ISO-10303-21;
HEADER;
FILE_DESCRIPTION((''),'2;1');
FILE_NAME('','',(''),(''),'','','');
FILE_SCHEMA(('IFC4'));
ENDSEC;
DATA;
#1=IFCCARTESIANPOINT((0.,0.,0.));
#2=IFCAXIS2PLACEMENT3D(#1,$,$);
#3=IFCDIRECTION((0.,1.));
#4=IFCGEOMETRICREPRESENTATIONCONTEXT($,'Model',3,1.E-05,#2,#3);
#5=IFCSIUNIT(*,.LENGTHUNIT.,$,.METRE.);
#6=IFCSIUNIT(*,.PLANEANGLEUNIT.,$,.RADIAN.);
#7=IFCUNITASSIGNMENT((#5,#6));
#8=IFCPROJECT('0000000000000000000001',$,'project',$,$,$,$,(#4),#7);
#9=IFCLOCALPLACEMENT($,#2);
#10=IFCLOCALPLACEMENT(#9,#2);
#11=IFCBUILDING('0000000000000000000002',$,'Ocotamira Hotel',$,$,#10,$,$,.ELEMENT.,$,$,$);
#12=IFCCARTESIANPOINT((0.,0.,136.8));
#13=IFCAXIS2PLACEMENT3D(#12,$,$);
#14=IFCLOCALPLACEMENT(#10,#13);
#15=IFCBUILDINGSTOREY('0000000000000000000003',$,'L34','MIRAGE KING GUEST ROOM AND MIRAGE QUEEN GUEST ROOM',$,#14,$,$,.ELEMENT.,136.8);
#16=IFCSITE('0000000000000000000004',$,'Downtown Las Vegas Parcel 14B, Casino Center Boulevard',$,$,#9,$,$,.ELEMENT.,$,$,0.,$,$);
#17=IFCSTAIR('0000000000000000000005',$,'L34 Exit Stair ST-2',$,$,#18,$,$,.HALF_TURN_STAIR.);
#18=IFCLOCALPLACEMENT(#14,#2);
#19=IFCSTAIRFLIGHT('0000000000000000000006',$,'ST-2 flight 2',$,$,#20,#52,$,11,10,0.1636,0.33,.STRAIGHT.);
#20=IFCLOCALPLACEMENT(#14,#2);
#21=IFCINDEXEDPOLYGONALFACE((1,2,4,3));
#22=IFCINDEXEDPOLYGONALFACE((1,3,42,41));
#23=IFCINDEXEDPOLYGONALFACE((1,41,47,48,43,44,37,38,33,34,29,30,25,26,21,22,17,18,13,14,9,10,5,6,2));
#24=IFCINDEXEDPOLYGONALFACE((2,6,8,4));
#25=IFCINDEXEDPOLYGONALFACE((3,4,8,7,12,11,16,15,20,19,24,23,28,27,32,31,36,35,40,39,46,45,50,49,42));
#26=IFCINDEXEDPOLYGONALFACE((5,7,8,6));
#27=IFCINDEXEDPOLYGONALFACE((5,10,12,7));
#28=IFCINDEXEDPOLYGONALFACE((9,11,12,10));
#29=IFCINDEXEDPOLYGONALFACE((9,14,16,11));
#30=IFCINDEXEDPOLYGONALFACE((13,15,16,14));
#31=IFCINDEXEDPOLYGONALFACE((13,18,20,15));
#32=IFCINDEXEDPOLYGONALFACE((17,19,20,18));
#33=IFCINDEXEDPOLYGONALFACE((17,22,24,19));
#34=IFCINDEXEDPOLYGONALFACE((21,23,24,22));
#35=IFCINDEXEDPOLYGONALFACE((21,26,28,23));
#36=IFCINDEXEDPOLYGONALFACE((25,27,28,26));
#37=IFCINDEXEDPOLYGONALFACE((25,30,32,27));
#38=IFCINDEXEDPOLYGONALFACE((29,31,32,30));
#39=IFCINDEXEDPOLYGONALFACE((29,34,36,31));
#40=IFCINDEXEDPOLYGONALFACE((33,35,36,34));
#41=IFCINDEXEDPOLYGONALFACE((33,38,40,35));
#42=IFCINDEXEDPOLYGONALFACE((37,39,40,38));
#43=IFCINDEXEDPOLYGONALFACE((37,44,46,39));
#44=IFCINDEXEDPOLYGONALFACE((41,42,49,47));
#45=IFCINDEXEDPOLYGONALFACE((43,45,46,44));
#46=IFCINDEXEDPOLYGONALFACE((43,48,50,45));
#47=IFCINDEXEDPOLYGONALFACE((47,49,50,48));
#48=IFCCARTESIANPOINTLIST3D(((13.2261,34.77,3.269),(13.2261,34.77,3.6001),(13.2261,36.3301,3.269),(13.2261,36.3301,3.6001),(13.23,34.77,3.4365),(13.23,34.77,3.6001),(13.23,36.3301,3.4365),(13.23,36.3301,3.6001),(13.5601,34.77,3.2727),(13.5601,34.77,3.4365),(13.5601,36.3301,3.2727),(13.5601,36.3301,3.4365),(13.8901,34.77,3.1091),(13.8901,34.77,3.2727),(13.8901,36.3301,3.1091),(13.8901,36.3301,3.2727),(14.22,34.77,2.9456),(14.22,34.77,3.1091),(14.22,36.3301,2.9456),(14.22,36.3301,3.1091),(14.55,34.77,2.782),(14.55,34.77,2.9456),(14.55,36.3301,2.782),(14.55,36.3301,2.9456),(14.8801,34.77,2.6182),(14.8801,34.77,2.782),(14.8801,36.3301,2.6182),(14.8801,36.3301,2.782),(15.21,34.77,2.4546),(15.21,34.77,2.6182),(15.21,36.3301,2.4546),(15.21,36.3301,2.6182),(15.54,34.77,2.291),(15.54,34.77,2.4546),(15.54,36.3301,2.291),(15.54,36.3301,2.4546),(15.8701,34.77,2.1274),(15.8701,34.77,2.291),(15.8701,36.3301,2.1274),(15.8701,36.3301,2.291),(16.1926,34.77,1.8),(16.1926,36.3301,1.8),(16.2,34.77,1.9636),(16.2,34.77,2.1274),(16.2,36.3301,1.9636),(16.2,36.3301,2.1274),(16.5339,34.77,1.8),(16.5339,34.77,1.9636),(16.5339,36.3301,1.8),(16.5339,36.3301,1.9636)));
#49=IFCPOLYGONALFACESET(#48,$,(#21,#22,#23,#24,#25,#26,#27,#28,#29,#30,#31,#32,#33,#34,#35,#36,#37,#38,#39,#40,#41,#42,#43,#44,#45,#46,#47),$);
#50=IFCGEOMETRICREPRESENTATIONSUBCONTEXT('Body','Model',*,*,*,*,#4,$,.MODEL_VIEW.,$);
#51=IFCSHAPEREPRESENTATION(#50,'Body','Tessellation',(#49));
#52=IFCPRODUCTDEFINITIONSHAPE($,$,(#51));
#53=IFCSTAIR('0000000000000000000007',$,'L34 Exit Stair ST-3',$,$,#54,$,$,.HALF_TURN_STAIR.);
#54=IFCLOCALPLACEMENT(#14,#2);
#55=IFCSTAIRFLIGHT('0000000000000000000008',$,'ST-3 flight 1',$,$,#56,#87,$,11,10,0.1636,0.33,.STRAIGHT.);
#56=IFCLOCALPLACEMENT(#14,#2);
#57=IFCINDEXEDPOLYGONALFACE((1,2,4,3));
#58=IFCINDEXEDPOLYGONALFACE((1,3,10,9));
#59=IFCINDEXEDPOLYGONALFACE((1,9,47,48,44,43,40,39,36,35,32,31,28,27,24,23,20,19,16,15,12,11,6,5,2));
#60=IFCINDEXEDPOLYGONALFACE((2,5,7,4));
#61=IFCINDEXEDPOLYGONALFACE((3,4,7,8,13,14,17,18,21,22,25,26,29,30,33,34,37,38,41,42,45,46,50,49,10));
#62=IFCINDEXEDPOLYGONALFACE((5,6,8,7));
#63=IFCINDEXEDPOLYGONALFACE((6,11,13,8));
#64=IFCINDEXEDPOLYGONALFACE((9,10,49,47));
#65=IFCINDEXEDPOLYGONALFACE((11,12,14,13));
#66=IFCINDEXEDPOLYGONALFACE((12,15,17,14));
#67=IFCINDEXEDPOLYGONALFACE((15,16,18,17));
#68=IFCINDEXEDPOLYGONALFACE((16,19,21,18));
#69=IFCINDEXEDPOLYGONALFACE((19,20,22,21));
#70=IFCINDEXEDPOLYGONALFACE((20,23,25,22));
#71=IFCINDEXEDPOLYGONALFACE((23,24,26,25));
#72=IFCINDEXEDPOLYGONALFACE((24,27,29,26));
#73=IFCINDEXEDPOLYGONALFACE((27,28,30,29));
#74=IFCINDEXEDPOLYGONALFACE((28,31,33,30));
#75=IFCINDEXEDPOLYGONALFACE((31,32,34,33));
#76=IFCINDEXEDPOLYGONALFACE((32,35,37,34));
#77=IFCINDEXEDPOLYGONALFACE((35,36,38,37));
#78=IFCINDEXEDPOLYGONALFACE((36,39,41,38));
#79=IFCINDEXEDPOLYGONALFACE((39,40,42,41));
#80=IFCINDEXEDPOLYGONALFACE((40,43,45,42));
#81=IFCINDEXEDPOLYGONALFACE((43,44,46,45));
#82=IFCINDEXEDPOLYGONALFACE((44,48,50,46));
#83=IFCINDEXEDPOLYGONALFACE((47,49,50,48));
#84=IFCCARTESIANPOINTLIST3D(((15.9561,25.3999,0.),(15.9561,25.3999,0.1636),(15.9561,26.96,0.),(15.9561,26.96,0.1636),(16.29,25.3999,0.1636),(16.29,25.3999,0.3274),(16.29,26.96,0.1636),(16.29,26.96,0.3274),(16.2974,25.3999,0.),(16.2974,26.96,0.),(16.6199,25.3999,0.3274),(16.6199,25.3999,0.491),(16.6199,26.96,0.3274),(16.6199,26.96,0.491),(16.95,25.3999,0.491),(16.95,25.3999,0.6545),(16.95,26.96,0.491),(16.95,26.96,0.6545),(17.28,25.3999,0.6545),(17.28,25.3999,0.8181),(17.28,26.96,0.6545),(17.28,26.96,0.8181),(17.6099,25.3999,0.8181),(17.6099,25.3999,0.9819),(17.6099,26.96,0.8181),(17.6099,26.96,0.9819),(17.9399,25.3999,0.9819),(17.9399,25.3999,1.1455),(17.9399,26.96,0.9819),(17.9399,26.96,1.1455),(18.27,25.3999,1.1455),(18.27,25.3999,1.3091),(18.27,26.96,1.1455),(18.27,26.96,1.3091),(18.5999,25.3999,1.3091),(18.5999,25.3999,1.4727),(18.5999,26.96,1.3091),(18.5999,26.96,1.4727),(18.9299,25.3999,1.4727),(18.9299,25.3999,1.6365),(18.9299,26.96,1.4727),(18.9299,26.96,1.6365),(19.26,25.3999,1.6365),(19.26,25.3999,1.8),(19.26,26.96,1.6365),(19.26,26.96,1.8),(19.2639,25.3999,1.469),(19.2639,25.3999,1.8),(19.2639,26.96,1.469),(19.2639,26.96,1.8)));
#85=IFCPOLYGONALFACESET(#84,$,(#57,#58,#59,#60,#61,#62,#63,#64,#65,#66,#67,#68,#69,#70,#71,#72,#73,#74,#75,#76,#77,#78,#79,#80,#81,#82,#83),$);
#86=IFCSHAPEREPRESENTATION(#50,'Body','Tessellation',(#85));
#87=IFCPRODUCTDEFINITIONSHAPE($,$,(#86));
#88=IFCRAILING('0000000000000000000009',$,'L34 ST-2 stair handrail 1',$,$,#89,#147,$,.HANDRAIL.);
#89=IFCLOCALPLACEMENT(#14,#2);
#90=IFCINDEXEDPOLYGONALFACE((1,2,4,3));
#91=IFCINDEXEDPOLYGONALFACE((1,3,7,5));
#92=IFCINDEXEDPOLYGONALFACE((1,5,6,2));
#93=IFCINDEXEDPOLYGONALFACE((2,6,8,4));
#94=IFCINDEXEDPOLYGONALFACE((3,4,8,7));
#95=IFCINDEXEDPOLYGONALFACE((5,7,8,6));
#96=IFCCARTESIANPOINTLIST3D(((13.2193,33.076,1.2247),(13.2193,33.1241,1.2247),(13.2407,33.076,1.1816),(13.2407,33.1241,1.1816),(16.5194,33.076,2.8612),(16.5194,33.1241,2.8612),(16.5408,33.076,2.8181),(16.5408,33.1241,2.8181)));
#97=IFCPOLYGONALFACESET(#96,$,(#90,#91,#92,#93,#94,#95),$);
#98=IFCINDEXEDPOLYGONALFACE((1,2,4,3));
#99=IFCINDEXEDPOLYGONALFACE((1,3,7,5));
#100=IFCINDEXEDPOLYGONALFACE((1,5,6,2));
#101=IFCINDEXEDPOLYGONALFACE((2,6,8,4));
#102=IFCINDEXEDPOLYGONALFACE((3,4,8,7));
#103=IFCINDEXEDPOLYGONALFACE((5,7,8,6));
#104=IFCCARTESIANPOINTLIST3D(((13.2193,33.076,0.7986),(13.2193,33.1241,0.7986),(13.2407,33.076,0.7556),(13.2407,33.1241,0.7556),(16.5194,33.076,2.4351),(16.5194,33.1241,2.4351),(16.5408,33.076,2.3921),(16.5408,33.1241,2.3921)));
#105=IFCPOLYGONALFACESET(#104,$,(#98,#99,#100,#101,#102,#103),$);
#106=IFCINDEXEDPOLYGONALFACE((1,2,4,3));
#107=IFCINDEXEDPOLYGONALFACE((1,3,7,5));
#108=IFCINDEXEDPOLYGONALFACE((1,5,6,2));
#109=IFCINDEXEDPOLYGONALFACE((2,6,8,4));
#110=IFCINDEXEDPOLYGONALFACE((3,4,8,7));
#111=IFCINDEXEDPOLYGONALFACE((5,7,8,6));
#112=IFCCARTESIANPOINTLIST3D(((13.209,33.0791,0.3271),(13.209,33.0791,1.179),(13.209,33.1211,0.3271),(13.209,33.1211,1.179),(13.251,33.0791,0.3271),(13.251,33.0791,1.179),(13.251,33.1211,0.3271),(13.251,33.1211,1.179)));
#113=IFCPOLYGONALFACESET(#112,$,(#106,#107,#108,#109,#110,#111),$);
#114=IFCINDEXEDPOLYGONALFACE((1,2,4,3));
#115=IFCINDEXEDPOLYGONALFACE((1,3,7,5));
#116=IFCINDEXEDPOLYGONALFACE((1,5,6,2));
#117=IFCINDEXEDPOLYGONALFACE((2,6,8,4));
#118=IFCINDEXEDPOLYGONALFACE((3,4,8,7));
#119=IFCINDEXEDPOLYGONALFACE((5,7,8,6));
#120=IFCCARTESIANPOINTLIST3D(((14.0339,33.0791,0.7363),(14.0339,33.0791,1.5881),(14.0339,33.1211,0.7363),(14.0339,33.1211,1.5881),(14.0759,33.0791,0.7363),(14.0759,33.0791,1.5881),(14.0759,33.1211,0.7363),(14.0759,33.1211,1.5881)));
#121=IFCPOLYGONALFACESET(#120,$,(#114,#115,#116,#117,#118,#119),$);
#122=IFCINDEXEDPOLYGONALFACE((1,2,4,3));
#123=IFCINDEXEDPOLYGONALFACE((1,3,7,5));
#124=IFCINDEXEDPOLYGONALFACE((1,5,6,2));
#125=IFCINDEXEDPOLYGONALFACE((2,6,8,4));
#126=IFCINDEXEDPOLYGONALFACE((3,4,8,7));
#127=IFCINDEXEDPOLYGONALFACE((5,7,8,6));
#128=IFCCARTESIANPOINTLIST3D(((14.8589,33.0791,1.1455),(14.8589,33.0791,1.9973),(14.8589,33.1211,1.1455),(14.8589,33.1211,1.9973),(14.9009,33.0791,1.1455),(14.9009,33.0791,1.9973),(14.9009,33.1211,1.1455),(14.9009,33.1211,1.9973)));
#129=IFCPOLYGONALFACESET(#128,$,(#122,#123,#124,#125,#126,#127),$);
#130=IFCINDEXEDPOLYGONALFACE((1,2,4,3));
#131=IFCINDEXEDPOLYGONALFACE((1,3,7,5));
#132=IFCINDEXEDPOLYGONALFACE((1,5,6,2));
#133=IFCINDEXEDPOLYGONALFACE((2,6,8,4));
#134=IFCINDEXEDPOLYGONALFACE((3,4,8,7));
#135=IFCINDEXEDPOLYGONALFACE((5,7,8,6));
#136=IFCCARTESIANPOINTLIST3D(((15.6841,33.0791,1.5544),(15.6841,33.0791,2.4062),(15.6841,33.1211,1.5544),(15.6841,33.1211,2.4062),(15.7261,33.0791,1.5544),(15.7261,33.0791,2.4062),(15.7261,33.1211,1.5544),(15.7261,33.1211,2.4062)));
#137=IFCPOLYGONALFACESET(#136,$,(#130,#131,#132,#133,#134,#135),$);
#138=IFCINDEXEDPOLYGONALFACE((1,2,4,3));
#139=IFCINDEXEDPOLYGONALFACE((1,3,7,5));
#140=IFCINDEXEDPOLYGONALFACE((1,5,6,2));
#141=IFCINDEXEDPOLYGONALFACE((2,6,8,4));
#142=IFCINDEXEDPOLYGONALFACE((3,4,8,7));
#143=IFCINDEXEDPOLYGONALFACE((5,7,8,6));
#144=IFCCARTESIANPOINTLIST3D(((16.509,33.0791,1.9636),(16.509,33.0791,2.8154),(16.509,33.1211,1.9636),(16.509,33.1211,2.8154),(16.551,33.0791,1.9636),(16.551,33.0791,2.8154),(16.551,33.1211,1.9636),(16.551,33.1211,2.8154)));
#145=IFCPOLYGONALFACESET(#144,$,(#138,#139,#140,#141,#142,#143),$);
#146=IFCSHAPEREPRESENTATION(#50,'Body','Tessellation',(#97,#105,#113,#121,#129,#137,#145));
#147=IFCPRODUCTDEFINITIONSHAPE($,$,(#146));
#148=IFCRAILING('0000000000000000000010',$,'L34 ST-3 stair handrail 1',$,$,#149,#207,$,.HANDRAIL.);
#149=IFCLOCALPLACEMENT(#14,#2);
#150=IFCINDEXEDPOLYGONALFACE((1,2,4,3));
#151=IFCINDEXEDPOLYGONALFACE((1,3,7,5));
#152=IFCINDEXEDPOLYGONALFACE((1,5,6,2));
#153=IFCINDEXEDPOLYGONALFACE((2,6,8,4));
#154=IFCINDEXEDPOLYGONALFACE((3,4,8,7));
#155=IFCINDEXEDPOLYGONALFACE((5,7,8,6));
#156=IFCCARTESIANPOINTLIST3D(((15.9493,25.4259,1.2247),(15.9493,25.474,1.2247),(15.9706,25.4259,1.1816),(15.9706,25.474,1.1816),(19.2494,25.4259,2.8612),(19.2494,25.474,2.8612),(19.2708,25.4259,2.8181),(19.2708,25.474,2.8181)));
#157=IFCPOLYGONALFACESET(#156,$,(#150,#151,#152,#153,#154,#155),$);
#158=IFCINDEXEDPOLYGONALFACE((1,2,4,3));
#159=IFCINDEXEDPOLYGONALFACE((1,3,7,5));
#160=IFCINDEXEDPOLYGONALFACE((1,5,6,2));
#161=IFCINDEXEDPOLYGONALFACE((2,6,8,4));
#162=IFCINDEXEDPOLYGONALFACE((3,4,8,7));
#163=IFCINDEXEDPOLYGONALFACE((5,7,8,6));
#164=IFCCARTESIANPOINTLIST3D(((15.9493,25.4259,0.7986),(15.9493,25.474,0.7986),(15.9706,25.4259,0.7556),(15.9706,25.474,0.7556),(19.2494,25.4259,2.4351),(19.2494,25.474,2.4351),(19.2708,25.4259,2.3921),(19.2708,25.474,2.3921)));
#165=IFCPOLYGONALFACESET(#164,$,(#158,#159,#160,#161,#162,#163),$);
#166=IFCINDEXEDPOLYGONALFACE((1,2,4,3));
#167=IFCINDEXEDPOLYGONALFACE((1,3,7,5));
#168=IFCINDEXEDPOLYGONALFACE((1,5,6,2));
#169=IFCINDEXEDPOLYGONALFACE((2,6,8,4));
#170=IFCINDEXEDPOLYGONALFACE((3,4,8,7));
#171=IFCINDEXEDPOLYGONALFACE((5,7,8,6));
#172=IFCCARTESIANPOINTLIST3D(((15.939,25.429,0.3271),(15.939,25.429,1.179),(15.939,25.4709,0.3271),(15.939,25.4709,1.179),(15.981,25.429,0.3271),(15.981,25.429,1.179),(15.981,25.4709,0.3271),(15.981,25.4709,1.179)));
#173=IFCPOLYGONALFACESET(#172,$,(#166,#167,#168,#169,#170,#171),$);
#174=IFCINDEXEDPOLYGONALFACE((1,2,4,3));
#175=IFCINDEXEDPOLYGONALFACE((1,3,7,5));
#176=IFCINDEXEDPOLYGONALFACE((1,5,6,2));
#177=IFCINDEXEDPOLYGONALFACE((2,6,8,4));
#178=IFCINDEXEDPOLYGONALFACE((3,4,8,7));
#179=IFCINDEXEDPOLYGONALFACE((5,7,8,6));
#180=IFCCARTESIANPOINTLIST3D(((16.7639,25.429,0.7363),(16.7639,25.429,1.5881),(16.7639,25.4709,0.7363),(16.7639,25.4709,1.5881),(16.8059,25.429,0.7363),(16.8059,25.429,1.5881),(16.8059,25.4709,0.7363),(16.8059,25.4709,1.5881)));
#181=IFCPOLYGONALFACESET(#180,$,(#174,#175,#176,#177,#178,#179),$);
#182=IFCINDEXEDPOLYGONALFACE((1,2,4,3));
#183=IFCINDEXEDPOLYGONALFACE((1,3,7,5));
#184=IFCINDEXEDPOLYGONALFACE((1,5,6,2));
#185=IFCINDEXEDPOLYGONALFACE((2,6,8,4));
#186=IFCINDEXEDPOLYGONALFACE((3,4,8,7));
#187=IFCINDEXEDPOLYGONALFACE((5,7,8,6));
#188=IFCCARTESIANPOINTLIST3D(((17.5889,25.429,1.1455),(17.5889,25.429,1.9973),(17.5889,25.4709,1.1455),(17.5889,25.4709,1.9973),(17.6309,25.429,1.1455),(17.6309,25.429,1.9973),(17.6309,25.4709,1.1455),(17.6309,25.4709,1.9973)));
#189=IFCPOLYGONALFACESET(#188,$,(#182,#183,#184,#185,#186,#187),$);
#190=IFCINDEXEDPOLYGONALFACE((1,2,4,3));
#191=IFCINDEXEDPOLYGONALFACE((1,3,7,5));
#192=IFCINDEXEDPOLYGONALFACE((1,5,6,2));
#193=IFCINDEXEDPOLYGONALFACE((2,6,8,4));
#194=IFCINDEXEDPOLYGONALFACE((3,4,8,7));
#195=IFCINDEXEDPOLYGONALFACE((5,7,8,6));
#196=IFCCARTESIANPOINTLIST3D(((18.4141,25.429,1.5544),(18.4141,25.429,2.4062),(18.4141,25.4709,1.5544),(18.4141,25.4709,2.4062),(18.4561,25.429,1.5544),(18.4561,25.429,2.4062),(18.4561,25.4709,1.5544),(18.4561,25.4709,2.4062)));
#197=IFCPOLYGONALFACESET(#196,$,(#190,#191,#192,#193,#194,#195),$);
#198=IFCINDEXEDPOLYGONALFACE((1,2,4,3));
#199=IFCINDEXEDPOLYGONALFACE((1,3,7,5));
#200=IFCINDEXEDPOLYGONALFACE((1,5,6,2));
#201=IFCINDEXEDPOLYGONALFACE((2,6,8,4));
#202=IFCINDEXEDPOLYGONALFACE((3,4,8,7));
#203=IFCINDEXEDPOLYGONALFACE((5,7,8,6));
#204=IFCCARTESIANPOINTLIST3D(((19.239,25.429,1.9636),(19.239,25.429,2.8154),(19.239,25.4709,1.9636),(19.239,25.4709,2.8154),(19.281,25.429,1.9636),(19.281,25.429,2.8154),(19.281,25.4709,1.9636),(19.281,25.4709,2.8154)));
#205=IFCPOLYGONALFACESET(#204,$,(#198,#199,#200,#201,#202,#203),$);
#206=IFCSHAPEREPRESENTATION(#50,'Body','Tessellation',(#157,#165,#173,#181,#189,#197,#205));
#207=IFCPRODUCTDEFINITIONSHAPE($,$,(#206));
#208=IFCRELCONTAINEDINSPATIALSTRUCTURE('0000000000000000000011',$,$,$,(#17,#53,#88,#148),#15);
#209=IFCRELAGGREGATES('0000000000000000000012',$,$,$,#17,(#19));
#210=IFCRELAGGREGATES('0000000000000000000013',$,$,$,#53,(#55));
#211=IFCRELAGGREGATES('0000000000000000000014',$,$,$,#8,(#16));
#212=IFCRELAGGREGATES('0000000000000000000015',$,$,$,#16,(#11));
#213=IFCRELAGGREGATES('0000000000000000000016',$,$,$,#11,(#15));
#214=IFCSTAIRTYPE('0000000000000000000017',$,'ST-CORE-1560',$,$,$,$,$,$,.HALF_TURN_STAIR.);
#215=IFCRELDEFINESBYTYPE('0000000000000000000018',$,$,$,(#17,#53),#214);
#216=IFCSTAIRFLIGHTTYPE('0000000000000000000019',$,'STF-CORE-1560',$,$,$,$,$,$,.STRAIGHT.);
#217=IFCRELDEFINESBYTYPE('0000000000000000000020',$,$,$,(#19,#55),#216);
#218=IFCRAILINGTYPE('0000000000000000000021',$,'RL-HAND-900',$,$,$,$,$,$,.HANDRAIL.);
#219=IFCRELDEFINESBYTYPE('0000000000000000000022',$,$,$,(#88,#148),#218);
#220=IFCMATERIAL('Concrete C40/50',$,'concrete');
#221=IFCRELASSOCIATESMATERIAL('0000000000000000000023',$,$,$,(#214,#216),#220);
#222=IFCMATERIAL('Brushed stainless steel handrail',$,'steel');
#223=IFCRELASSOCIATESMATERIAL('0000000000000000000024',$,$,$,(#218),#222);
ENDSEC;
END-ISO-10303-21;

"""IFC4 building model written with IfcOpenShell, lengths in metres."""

from ifc_helpers import new_model, si_unit, direction, frame, origin, origin_2d, place, context, subcontext, project, spatial, polyline, rectangle, outline, extrude, source, transform, mapped, material, type_object, element, aggregate, save


model = new_model("IFC4")

# Units and contexts
model_context = context("Model", 3, precision=1e-05, world=origin(), true_north=direction((0.0, 1.0)))
body_context = subcontext(model_context, "Body", "Model", "MODEL_VIEW")
ifc_project = project(units=[si_unit("LENGTHUNIT", "METRE"), si_unit("PLANEANGLEUNIT", "RADIAN")], contexts=[model_context])

# Site, building, storey
site_placement = place(None, origin())
site = spatial("IfcSite", under=ifc_project, at=site_placement, Name="Downtown Las Vegas Parcel 14B, Casino Center Boulevard", CompositionType="ELEMENT", RefElevation=0.0)
building_placement = place(site_placement, origin())
building = spatial("IfcBuilding", under=site, at=building_placement, Name="Ocotamira Hotel", CompositionType="ELEMENT")
storey_placement = place(building_placement, frame((0.0, 0.0, 136.8)))
storey = spatial("IfcBuildingStorey", under=building, at=storey_placement, Name="L34", Description="MIRAGE KING GUEST ROOM AND MIRAGE QUEEN GUEST ROOM", CompositionType="ELEMENT", Elevation=136.8)

# Stair, stair flight
ifc_material_1 = material(Name="Concrete C40/50", Category="concrete")
stair_type = type_object("IfcStairType", Name="ST-CORE-1560", PredefinedType="HALF_TURN_STAIR", material=ifc_material_1)
stair_1_placement = place(storey_placement, origin())
stair_1 = element("IfcStair", 1, at=stair_1_placement, inside=storey, type_object=stair_type, Name="L34 Exit Stair ST-2", PredefinedType="HALF_TURN_STAIR")
stair_flight_type = type_object("IfcStairFlightType", Name="STF-CORE-1560", PredefinedType="STRAIGHT", material=ifc_material_1)
shared_shape_1 = source(origin(), body_context, "Body", "SweptSolid", [
    extrude(outline(polyline([(-0.0039, 0.0), (-0.0039, 0.1636), (0.3301, 0.1636), (0.3301, 0.3274), (0.6599, 0.3274), (0.6599, 0.491), (0.99, 0.491), (0.99, 0.6545), (1.3201, 0.6545), (1.3201, 0.8181), (1.6499, 0.8181), (1.6499, 0.9819), (1.98, 0.9819), (1.98, 1.1455), (2.3101, 1.1455), (2.3101, 1.3091), (2.6399, 1.3091), (2.6399, 1.4727), (2.97, 1.4727), (2.97, 1.6365), (3.3, 1.6365), (3.3, 1.8), (3.304, 1.8), (3.304, 1.469), (0.3374, 0.0), (-0.0039, 0.0)])), frame((0.0, 0.78, 0.0), z_axis=(0.0, -1.0, 0.0), x_axis=(1.0, 0.0, 0.0)), (0.0, 0.0, 1.0), 1.5601),
])
stair_flight_1_placement = place(storey_placement, frame((16.53, 35.55, 1.8), z_axis=(0.0, 0.0, 1.0), x_axis=(-1.0, 0.0, 0.0)))
stair_flight_1 = element("IfcStairFlight", 2, at=stair_flight_1_placement, type_object=stair_flight_type, Name="ST-2 flight 2", NumberOfRisers=11, NumberOfTreads=10, PredefinedType="STRAIGHT", RiserHeight=0.1636, TreadLength=0.33, context=body_context, shape_type="MappedRepresentation", body=[
    mapped(shared_shape_1, transform((0.0, 0.0, 0.0), scale=1.0)),
])
aggregate(stair_1, [stair_flight_1])

# Stair, stair flight
stair_2_placement = place(storey_placement, origin())
stair_2 = element("IfcStair", 3, at=stair_2_placement, inside=storey, type_object=stair_type, Name="L34 Exit Stair ST-3", PredefinedType="HALF_TURN_STAIR")
stair_flight_2_placement = place(storey_placement, frame((15.96, 26.1799, 0.0), z_axis=(0.0, 0.0, 1.0), x_axis=(1.0, 0.0, 0.0)))
stair_flight_2 = element("IfcStairFlight", 4, at=stair_flight_2_placement, type_object=stair_flight_type, Name="ST-3 flight 1", NumberOfRisers=11, NumberOfTreads=10, PredefinedType="STRAIGHT", RiserHeight=0.1636, TreadLength=0.33, context=body_context, shape_type="MappedRepresentation", body=[
    mapped(shared_shape_1, transform((0.0, 0.0, 0.0), scale=1.0)),
])
aggregate(stair_2, [stair_flight_2])

# Railings
ifc_material_2 = material(Name="Brushed stainless steel handrail", Category="steel")
railing_type_1 = type_object("IfcRailingType", Name="RL-HAND-900", PredefinedType="HANDRAIL", material=ifc_material_2)
for number, where, name in (
    (5, (13.23, 33.1001, 0.3271), "L34 ST-2 stair handrail 1"),
    (6, (15.96, 25.45, 0.3271), "L34 ST-3 stair handrail 1"),
):
    element("IfcRailing", number, at=place(storey_placement, frame(where)), inside=storey, type_object=railing_type_1, Name=name, PredefinedType="HANDRAIL", context=body_context, shape_type="SweptSolid", body=[
        extrude(rectangle(XDim=0.0481, YDim=0.0481, at=origin_2d()), frame((0.0, 0.0, 0.876), z_axis=(0.895894, 0.0, 0.444268), x_axis=(0.0, 1.0, 0.0)), (0.0, 0.0, 1.0), 3.6836),
        extrude(rectangle(XDim=0.0481, YDim=0.0481, at=origin_2d()), frame((0.0, 0.0, 0.45), z_axis=(0.895894, 0.0, 0.444268), x_axis=(0.0, 1.0, 0.0)), (0.0, 0.0, 1.0), 3.6836),
        extrude(rectangle(XDim=0.042, YDim=0.042, at=origin_2d()), origin(), (0.0, 0.0, 1.0), 0.8518),
        extrude(rectangle(XDim=0.042, YDim=0.042, at=origin_2d()), frame((0.825, 0.0, 0.4092)), (0.0, 0.0, 1.0), 0.8518),
        extrude(rectangle(XDim=0.042, YDim=0.042, at=origin_2d()), frame((1.6499, 0.0, 0.8184)), (0.0, 0.0, 1.0), 0.8518),
        extrude(rectangle(XDim=0.042, YDim=0.042, at=origin_2d()), frame((2.4751, 0.0, 1.2273)), (0.0, 0.0, 1.0), 0.8518),
        extrude(rectangle(XDim=0.042, YDim=0.042, at=origin_2d()), frame((3.3, 0.0, 1.6365)), (0.0, 0.0, 1.0), 0.8518),
    ])

save(model, "model.ifc")
